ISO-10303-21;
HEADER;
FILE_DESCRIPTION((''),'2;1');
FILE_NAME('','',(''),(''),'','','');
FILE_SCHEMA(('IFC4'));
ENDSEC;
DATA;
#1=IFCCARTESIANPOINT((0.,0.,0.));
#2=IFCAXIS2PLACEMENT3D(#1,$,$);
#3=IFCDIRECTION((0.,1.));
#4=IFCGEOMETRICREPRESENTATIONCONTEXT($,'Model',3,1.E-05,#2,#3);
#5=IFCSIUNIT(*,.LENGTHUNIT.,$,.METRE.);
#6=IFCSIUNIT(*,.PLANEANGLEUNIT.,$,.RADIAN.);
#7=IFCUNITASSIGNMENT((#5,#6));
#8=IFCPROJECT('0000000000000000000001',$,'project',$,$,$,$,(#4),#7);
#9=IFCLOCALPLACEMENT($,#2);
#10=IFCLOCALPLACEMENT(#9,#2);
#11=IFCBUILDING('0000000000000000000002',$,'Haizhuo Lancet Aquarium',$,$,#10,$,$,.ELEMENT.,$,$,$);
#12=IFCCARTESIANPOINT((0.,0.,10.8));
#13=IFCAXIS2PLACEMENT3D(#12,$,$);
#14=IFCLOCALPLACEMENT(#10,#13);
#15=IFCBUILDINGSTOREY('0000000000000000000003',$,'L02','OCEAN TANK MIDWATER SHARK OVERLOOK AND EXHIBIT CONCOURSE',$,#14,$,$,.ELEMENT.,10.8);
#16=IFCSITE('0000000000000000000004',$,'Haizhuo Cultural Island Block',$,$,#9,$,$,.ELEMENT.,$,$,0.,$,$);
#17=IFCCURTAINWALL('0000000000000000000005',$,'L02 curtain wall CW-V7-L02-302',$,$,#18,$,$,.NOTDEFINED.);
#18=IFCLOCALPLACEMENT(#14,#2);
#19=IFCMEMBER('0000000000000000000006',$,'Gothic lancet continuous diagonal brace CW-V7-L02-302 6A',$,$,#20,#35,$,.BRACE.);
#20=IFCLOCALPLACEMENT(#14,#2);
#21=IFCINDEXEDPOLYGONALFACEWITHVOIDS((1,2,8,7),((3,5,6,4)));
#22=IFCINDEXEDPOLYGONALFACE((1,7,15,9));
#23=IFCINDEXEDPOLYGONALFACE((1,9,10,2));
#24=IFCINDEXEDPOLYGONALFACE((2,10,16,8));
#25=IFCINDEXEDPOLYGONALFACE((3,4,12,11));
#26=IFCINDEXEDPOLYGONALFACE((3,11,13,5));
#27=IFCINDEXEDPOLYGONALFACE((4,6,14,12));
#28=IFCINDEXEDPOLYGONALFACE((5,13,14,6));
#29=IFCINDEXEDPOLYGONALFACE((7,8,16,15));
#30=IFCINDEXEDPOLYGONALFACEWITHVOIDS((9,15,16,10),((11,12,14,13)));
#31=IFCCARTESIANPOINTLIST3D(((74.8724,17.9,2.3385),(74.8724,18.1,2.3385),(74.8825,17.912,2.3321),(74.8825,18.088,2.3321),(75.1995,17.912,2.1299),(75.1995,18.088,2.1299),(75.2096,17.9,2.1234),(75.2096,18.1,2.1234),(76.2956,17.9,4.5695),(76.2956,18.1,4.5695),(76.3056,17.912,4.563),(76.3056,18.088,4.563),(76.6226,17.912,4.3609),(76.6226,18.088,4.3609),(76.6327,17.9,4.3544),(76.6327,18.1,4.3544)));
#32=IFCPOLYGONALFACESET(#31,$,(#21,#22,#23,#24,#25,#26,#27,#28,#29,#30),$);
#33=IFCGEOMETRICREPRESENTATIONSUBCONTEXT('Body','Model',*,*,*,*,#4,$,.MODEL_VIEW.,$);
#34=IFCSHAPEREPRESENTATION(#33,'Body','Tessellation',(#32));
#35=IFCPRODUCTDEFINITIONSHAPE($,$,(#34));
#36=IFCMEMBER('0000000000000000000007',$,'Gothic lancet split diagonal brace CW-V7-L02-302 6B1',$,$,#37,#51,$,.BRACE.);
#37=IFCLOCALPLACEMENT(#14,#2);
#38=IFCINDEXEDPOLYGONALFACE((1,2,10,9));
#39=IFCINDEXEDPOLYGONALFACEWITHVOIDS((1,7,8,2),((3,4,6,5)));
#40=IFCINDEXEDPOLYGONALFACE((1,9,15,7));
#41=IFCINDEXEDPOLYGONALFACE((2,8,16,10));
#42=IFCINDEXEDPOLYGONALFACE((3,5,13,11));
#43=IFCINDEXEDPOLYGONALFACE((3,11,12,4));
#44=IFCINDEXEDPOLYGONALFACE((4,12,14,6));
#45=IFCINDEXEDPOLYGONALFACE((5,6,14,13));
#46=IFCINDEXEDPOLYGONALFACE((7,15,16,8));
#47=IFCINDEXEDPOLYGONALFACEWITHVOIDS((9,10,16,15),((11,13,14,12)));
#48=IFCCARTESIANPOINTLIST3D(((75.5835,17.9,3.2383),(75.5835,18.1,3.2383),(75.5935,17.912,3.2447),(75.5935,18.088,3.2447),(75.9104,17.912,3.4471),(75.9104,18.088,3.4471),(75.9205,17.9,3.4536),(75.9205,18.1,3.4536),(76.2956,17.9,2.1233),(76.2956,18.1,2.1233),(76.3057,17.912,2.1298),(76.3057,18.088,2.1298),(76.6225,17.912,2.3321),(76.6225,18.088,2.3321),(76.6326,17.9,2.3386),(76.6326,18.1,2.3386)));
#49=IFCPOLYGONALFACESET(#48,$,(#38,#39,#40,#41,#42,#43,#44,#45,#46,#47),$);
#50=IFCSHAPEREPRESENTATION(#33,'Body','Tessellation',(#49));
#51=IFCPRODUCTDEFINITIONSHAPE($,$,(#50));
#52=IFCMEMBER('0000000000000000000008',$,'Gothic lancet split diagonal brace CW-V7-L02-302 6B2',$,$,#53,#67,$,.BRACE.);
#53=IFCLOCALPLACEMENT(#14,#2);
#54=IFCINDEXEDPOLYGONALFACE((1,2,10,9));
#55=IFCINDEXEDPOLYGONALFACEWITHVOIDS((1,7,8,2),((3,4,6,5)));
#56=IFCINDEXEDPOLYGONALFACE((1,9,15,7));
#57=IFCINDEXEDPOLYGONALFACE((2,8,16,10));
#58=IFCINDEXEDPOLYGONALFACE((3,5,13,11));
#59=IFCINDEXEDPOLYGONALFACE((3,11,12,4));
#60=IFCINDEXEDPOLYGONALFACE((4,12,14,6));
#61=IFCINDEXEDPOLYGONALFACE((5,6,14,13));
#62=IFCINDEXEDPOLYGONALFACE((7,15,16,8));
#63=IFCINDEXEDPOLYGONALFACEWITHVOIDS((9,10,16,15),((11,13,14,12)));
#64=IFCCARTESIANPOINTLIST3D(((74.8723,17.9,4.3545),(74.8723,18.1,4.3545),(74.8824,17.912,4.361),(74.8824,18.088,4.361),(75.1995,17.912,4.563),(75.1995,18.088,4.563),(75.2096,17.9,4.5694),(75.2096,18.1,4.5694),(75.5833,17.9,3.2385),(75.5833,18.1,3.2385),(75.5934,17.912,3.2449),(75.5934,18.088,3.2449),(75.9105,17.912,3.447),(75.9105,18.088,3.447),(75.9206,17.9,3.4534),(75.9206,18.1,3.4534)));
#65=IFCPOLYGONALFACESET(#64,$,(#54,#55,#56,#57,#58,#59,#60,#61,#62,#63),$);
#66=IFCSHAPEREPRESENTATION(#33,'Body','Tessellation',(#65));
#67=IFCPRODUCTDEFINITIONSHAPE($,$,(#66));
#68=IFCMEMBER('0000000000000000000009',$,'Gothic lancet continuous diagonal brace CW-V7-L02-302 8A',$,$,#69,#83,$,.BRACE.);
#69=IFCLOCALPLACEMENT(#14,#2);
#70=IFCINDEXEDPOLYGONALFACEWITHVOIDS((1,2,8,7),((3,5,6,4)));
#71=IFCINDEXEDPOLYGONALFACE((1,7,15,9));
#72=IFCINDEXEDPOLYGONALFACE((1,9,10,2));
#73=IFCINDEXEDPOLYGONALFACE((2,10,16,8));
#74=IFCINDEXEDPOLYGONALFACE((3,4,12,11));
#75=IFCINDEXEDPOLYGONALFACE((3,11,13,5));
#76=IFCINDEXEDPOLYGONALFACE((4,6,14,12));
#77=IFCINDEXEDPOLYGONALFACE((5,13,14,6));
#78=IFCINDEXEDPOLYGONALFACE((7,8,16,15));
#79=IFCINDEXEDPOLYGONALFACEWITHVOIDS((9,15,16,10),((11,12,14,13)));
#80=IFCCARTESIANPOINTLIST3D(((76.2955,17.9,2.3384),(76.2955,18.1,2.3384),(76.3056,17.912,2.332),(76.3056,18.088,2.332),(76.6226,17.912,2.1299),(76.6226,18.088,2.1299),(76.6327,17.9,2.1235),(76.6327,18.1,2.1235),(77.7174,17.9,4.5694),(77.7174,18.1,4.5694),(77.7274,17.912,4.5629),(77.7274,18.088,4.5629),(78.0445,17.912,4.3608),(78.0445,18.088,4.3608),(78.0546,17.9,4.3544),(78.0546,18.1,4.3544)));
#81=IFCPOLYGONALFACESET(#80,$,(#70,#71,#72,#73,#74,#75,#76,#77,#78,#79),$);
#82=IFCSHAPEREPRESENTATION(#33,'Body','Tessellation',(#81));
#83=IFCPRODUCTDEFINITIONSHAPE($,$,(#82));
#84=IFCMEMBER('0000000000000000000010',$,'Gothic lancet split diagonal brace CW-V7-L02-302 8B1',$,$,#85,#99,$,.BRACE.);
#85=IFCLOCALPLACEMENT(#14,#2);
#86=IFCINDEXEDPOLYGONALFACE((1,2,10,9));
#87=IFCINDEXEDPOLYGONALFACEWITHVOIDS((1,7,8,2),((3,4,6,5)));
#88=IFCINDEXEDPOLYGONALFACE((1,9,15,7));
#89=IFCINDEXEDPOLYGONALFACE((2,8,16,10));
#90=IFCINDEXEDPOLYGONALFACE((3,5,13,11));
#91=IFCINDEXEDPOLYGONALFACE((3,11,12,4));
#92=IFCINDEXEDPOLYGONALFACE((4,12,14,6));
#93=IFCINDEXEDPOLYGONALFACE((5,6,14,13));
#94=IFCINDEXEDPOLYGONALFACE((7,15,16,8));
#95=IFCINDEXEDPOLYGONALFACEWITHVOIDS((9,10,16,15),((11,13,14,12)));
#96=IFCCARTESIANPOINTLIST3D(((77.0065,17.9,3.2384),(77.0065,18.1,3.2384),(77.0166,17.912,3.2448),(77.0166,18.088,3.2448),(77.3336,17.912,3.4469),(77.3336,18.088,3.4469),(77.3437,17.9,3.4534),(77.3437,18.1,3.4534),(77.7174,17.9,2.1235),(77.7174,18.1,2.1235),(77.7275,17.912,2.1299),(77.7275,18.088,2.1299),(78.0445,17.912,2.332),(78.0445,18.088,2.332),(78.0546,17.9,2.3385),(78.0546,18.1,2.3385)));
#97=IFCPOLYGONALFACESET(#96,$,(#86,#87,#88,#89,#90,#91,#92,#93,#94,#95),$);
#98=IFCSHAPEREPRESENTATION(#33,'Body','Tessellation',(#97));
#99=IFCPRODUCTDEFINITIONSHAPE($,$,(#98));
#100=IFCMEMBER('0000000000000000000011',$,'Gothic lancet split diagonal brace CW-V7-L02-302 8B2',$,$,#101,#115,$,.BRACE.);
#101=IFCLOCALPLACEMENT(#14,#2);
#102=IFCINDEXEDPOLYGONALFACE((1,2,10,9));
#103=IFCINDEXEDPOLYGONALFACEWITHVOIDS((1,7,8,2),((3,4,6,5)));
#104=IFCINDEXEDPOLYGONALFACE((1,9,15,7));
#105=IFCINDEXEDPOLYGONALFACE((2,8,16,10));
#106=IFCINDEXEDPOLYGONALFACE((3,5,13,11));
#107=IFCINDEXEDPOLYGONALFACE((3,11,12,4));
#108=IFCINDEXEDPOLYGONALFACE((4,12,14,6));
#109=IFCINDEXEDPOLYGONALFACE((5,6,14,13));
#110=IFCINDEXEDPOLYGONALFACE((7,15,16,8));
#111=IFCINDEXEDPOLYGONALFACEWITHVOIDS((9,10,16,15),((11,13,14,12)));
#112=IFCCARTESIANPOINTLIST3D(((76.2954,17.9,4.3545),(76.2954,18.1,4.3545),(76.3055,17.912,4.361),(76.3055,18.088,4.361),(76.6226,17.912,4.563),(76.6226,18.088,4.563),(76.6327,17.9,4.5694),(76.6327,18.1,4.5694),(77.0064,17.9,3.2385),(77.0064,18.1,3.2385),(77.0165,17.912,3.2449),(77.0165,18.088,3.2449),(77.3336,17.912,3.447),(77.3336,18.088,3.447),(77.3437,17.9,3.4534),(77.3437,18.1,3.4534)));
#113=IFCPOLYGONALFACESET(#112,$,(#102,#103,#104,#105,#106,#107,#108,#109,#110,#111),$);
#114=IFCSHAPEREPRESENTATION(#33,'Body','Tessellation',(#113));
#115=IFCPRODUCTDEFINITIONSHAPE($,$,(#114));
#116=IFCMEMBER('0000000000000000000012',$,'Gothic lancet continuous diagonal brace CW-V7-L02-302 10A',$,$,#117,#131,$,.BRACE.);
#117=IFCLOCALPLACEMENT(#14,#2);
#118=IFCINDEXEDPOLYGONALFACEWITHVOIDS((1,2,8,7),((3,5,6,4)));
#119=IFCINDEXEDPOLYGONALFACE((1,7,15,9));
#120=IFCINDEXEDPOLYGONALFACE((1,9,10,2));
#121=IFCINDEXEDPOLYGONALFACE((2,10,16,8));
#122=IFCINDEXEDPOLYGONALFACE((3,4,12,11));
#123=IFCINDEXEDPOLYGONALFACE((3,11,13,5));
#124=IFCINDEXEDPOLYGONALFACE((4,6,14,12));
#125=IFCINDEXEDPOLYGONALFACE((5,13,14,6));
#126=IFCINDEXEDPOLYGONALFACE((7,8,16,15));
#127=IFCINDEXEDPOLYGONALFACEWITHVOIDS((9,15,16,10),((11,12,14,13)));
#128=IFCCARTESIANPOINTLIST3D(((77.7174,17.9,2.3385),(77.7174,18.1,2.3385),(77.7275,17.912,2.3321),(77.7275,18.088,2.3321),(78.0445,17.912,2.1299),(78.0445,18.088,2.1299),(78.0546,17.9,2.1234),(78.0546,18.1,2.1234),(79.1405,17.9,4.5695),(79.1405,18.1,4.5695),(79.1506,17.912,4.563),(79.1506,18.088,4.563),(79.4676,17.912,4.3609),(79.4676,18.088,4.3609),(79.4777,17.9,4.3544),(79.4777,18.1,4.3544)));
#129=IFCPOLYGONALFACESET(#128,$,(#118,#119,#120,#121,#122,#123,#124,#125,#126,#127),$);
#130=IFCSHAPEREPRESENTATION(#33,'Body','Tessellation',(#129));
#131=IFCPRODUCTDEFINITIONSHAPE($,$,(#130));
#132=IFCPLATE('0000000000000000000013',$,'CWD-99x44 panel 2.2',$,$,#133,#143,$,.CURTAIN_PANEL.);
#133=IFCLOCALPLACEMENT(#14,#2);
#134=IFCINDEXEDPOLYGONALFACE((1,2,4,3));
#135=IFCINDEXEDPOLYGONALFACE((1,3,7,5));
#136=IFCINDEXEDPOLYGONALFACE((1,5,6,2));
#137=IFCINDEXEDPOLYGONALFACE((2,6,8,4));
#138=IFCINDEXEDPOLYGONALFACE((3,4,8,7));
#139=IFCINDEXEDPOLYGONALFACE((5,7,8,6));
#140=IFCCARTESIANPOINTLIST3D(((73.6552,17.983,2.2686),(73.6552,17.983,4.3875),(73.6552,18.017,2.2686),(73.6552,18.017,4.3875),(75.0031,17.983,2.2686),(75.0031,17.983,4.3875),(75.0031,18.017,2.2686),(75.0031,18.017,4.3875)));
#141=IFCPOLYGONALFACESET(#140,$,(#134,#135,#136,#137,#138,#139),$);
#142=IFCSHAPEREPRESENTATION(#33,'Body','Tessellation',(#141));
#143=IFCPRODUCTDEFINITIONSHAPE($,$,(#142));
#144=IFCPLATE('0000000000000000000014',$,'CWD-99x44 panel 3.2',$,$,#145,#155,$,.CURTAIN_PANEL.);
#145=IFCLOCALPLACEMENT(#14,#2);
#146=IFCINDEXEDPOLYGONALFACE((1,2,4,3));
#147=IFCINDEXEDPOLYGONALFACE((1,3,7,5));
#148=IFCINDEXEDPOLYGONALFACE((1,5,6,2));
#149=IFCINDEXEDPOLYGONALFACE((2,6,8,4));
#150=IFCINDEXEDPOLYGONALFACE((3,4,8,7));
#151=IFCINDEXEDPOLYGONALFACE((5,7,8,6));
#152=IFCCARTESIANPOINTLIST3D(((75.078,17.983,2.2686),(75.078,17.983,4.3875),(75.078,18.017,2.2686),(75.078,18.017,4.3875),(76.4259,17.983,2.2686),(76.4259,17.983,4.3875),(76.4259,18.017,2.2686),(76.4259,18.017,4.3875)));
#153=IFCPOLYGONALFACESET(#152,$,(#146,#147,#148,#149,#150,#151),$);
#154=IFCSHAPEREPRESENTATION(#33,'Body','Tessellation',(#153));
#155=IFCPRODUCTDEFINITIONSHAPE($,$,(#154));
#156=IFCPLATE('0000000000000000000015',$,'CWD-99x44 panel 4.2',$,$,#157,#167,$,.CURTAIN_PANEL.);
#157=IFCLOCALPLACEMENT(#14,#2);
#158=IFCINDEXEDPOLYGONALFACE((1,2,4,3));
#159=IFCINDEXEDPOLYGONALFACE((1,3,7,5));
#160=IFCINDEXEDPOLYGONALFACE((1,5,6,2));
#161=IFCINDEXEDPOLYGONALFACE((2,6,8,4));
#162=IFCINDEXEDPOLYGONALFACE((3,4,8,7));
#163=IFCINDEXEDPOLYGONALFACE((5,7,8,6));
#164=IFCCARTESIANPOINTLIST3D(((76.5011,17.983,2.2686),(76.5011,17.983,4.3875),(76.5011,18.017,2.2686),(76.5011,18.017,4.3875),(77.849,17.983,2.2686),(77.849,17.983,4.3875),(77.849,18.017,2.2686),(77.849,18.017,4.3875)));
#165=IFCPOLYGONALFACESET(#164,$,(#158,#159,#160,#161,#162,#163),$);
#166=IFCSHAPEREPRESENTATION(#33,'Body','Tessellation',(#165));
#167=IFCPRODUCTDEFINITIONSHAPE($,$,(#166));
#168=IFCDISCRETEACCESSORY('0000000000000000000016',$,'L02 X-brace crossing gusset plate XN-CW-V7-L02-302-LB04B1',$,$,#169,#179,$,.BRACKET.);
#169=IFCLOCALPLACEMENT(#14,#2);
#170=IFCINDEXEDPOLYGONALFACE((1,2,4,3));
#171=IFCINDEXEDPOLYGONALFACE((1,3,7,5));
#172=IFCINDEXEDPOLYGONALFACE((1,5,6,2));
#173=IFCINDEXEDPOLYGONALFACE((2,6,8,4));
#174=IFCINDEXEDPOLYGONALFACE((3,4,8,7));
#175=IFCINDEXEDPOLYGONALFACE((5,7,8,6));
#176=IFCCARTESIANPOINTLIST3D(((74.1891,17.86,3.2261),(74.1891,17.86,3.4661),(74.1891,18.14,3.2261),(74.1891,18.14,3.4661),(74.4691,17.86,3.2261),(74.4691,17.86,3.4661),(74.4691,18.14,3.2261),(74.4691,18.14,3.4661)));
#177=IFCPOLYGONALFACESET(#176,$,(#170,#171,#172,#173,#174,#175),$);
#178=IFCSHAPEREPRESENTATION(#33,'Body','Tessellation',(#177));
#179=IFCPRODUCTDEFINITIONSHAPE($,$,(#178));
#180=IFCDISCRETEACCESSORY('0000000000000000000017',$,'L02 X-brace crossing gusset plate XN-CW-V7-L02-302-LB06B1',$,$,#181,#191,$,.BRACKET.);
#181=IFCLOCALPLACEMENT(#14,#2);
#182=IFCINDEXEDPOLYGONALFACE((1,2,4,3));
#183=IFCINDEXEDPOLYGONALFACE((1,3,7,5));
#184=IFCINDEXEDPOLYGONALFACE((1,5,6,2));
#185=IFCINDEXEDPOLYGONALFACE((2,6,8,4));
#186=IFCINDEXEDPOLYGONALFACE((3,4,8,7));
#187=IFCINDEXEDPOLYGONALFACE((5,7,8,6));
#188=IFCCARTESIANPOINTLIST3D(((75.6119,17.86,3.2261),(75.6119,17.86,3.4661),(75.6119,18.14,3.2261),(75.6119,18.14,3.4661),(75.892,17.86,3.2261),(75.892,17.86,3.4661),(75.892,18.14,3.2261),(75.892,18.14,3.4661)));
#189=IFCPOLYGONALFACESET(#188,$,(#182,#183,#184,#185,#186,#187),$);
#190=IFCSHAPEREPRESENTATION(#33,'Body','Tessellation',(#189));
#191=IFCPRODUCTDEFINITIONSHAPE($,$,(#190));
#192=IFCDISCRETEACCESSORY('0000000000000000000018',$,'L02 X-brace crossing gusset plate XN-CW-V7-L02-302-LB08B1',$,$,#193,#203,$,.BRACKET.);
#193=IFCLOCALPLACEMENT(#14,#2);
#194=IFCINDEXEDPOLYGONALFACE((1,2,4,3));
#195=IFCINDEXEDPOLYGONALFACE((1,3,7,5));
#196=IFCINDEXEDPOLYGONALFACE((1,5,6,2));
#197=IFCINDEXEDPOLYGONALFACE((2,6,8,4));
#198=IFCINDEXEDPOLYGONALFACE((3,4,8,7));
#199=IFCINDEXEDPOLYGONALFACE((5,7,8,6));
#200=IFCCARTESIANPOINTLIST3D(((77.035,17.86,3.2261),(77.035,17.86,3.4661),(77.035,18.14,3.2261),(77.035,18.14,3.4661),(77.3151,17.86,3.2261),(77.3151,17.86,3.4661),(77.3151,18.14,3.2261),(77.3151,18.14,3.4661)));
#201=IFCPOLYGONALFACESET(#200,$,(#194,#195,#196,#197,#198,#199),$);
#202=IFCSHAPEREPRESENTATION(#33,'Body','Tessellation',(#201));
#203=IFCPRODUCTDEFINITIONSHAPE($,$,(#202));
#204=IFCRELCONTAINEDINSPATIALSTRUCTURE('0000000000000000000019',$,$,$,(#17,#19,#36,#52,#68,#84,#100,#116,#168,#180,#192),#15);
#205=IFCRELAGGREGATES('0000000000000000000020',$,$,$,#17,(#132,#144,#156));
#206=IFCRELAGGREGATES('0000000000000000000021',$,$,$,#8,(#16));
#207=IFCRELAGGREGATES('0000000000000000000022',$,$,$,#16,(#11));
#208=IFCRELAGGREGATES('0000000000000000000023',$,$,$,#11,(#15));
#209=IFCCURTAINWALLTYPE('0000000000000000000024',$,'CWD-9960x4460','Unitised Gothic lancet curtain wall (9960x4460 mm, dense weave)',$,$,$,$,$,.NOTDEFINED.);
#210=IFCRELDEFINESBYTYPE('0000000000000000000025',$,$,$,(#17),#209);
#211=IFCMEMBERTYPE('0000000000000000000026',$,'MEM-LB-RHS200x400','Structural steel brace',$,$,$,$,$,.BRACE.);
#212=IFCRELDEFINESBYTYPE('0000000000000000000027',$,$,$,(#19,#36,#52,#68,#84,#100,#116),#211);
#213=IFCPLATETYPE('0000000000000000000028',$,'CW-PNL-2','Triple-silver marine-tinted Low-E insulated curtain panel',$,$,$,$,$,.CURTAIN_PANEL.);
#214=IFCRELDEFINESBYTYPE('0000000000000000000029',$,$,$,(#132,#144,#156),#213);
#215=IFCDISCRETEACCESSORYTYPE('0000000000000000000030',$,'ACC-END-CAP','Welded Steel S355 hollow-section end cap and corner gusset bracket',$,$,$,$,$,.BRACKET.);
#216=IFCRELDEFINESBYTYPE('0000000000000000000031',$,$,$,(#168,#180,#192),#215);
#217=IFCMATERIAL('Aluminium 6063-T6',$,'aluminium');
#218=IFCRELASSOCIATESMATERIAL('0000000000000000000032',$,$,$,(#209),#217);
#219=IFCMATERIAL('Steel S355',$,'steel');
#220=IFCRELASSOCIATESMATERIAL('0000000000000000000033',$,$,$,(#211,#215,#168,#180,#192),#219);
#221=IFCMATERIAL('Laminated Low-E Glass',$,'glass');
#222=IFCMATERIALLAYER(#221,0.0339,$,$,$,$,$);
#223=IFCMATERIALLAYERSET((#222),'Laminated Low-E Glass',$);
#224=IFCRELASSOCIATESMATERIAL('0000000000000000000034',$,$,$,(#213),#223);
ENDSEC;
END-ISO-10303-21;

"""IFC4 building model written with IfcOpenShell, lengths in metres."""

from ifc_helpers import new_model, si_unit, direction, frame, origin, origin_2d, place, context, subcontext, project, spatial, rectangle, hollow_rectangle, extrude, material, layer, layer_set, material_profile, profile_set, type_object, element, aggregate, save


model = new_model("IFC4")

# Units and contexts
model_context = context("Model", 3, precision=1e-05, world=origin(), true_north=direction((0.0, 1.0)))
body_context = subcontext(model_context, "Body", "Model", "MODEL_VIEW")
ifc_project = project(units=[si_unit("LENGTHUNIT", "METRE"), si_unit("PLANEANGLEUNIT", "RADIAN")], contexts=[model_context])

# Site, building, storey
site_placement = place(None, origin())
site = spatial("IfcSite", under=ifc_project, at=site_placement, Name="Haizhuo Cultural Island Block", CompositionType="ELEMENT", RefElevation=0.0)
building_placement = place(site_placement, origin())
building = spatial("IfcBuilding", under=site, at=building_placement, Name="Haizhuo Lancet Aquarium", CompositionType="ELEMENT")
storey_placement = place(building_placement, frame((0.0, 0.0, 10.8)))
storey = spatial("IfcBuildingStorey", under=building, at=storey_placement, Name="L02", Description="OCEAN TANK MIDWATER SHARK OVERLOOK AND EXHIBIT CONCOURSE", CompositionType="ELEMENT", Elevation=10.8)

# Curtain wall
ifc_material_1 = material(Name="Aluminium 6063-T6", Category="aluminium")
curtain_wall_type = type_object("IfcCurtainWallType", Name="CWD-9960x4460", Description="Unitised Gothic lancet curtain wall (9960x4460 mm, dense weave)", PredefinedType="NOTDEFINED", material=ifc_material_1)
curtain_wall_placement = place(storey_placement, origin())
curtain_wall = element("IfcCurtainWall", 1, at=curtain_wall_placement, inside=storey, type_object=curtain_wall_type, Name="L02 curtain wall CW-V7-L02-302", PredefinedType="NOTDEFINED")

# Members
ifc_material_2 = material(Name="Steel S355", Category="steel")
ifc_material_profile_1 = material_profile(ifc_material_2, hollow_rectangle(XDim=0.2, YDim=0.3999, WallThickness=0.012, at=origin_2d()), Name="RHS 200x400x12")
ifc_profile_set_1 = profile_set([ifc_material_profile_1], Name="Steel S355")
member_type_1 = type_object("IfcMemberType", Name="MEM-LB-RHS200x400", Description="Structural steel brace", PredefinedType="BRACE", material=ifc_profile_set_1)
member_1_placement = place(storey_placement, frame((75.041, 18.0, 2.231), z_axis=(0.537789, 0.0, 0.84308), x_axis=(0.0, 1.0, 0.0)))
element("IfcMember", 2, at=member_1_placement, inside=storey, type_object=member_type_1, Name="Gothic lancet continuous diagonal brace CW-V7-L02-302 6A", PredefinedType="BRACE", context=body_context, shape_type="SweptSolid", body=[
    extrude(hollow_rectangle(XDim=0.2, YDim=0.3999, WallThickness=0.012, at=origin_2d()), origin(), (0.0, 0.0, 1.0), 2.6462),
])
member_2_placement = place(storey_placement, frame((76.4641, 18.0, 2.231), z_axis=(-0.538284, 0.0, 0.842764), x_axis=(0.0, -1.0, 0.0)))
element("IfcMember", 3, at=member_2_placement, inside=storey, type_object=member_type_1, Name="Gothic lancet split diagonal brace CW-V7-L02-302 6B1", PredefinedType="BRACE", context=body_context, shape_type="SweptSolid", body=[
    extrude(hollow_rectangle(XDim=0.2, YDim=0.3999, WallThickness=0.012, at=origin_2d()), origin(), (0.0, 0.0, 1.0), 1.323),
])
member_3_placement = place(storey_placement, frame((75.752, 18.0, 3.3459), z_axis=(-0.537293, 0.0, 0.843395), x_axis=(0.0, -1.0, 0.0)))
element("IfcMember", 4, at=member_3_placement, inside=storey, type_object=member_type_1, Name="Gothic lancet split diagonal brace CW-V7-L02-302 6B2", PredefinedType="BRACE", context=body_context, shape_type="SweptSolid", body=[
    extrude(hollow_rectangle(XDim=0.2, YDim=0.3999, WallThickness=0.012, at=origin_2d()), origin(), (0.0, 0.0, 1.0), 1.3232),
])
member_4_placement = place(storey_placement, frame((76.4641, 18.0, 2.231), z_axis=(0.537461, 0.0, 0.843289), x_axis=(0.0, 1.0, 0.0)))
element("IfcMember", 5, at=member_4_placement, inside=storey, type_object=member_type_1, Name="Gothic lancet continuous diagonal brace CW-V7-L02-302 8A", PredefinedType="BRACE", context=body_context, shape_type="SweptSolid", body=[
    extrude(hollow_rectangle(XDim=0.2, YDim=0.3999, WallThickness=0.012, at=origin_2d()), origin(), (0.0, 0.0, 1.0), 2.6455),
])
member_5_placement = place(storey_placement, frame((77.886, 18.0, 2.231), z_axis=(-0.537628, 0.0, 0.843182), x_axis=(0.0, -1.0, 0.0)))
element("IfcMember", 6, at=member_5_placement, inside=storey, type_object=member_type_1, Name="Gothic lancet split diagonal brace CW-V7-L02-302 8B1", PredefinedType="BRACE", context=body_context, shape_type="SweptSolid", body=[
    extrude(hollow_rectangle(XDim=0.2, YDim=0.3999, WallThickness=0.012, at=origin_2d()), origin(), (0.0, 0.0, 1.0), 1.3223),
])
member_6_placement = place(storey_placement, frame((77.175, 18.0, 3.3459), z_axis=(-0.537293, 0.0, 0.843395), x_axis=(0.0, -1.0, 0.0)))
element("IfcMember", 7, at=member_6_placement, inside=storey, type_object=member_type_1, Name="Gothic lancet split diagonal brace CW-V7-L02-302 8B2", PredefinedType="BRACE", context=body_context, shape_type="SweptSolid", body=[
    extrude(hollow_rectangle(XDim=0.2, YDim=0.3999, WallThickness=0.012, at=origin_2d()), origin(), (0.0, 0.0, 1.0), 1.3232),
])
member_7_placement = place(storey_placement, frame((77.886, 18.0, 2.231), z_axis=(0.537789, 0.0, 0.84308), x_axis=(0.0, 1.0, 0.0)))
element("IfcMember", 8, at=member_7_placement, inside=storey, type_object=member_type_1, Name="Gothic lancet continuous diagonal brace CW-V7-L02-302 10A", PredefinedType="BRACE", context=body_context, shape_type="SweptSolid", body=[
    extrude(hollow_rectangle(XDim=0.2, YDim=0.3999, WallThickness=0.012, at=origin_2d()), origin(), (0.0, 0.0, 1.0), 2.6462),
])

# Plates
ifc_material_3 = material(Name="Laminated Low-E Glass", Category="glass")
ifc_layer = layer(ifc_material_3, 0.0339)
ifc_layer_set = layer_set([ifc_layer], Name="Laminated Low-E Glass")
plate_type = type_object("IfcPlateType", Name="CW-PNL-2", Description="Triple-silver marine-tinted Low-E insulated curtain panel", PredefinedType="CURTAIN_PANEL", material=ifc_layer_set)
plate_1_placement = place(storey_placement, frame((74.3291, 18.0, 2.2686), z_axis=(0.0, 0.0, 1.0), x_axis=(1.0, 0.0, 0.0)))
plate_1 = element("IfcPlate", 9, at=plate_1_placement, type_object=plate_type, Name="CWD-99x44 panel 2.2", PredefinedType="CURTAIN_PANEL", context=body_context, shape_type="SweptSolid", body=[
    extrude(rectangle(XDim=1.3479, YDim=0.0339, at=origin_2d()), origin(), (0.0, 0.0, 1.0), 2.1189),
])
plate_2_placement = place(storey_placement, frame((75.752, 18.0, 2.2686), z_axis=(0.0, 0.0, 1.0), x_axis=(1.0, 0.0, 0.0)))
plate_2 = element("IfcPlate", 10, at=plate_2_placement, type_object=plate_type, Name="CWD-99x44 panel 3.2", PredefinedType="CURTAIN_PANEL", context=body_context, shape_type="SweptSolid", body=[
    extrude(rectangle(XDim=1.3479, YDim=0.0339, at=origin_2d()), origin(), (0.0, 0.0, 1.0), 2.1189),
])
plate_3_placement = place(storey_placement, frame((77.175, 18.0, 2.2686), z_axis=(0.0, 0.0, 1.0), x_axis=(1.0, 0.0, 0.0)))
plate_3 = element("IfcPlate", 11, at=plate_3_placement, type_object=plate_type, Name="CWD-99x44 panel 4.2", PredefinedType="CURTAIN_PANEL", context=body_context, shape_type="SweptSolid", body=[
    extrude(rectangle(XDim=1.3479, YDim=0.0339, at=origin_2d()), origin(), (0.0, 0.0, 1.0), 2.1189),
])
aggregate(curtain_wall, [plate_1, plate_2, plate_3])

# Discrete accessories
discrete_accessory_type = type_object("IfcDiscreteAccessoryType", Name="ACC-END-CAP", Description="Welded Steel S355 hollow-section end cap and corner gusset bracket", PredefinedType="BRACKET", material=ifc_material_2)
for number, where, z_axis, x_axis, name in (
    (12, (74.3291, 18.0, 3.2261), (0.0, 0.0, 1.0), (1.0, 0.0, 0.0), "L02 X-brace crossing gusset plate XN-CW-V7-L02-302-LB04B1"),
    (13, (75.752, 18.0, 3.2261), (0.0, 0.0, 1.0), (1.0, 0.0, 0.0), "L02 X-brace crossing gusset plate XN-CW-V7-L02-302-LB06B1"),
    (14, (77.175, 18.0, 3.2261), (0.0, 0.0, 1.0), (1.0, 0.0, 0.0), "L02 X-brace crossing gusset plate XN-CW-V7-L02-302-LB08B1"),
):
    element("IfcDiscreteAccessory", number, at=place(storey_placement, frame(where, z_axis=z_axis, x_axis=x_axis)), inside=storey, type_object=discrete_accessory_type, material=ifc_material_2, Name=name, PredefinedType="BRACKET", context=body_context, shape_type="SweptSolid", body=[
        extrude(rectangle(XDim=0.28, YDim=0.28, at=origin_2d()), origin(), (0.0, 0.0, 1.0), 0.24),
    ])

save(model, "model.ifc")
